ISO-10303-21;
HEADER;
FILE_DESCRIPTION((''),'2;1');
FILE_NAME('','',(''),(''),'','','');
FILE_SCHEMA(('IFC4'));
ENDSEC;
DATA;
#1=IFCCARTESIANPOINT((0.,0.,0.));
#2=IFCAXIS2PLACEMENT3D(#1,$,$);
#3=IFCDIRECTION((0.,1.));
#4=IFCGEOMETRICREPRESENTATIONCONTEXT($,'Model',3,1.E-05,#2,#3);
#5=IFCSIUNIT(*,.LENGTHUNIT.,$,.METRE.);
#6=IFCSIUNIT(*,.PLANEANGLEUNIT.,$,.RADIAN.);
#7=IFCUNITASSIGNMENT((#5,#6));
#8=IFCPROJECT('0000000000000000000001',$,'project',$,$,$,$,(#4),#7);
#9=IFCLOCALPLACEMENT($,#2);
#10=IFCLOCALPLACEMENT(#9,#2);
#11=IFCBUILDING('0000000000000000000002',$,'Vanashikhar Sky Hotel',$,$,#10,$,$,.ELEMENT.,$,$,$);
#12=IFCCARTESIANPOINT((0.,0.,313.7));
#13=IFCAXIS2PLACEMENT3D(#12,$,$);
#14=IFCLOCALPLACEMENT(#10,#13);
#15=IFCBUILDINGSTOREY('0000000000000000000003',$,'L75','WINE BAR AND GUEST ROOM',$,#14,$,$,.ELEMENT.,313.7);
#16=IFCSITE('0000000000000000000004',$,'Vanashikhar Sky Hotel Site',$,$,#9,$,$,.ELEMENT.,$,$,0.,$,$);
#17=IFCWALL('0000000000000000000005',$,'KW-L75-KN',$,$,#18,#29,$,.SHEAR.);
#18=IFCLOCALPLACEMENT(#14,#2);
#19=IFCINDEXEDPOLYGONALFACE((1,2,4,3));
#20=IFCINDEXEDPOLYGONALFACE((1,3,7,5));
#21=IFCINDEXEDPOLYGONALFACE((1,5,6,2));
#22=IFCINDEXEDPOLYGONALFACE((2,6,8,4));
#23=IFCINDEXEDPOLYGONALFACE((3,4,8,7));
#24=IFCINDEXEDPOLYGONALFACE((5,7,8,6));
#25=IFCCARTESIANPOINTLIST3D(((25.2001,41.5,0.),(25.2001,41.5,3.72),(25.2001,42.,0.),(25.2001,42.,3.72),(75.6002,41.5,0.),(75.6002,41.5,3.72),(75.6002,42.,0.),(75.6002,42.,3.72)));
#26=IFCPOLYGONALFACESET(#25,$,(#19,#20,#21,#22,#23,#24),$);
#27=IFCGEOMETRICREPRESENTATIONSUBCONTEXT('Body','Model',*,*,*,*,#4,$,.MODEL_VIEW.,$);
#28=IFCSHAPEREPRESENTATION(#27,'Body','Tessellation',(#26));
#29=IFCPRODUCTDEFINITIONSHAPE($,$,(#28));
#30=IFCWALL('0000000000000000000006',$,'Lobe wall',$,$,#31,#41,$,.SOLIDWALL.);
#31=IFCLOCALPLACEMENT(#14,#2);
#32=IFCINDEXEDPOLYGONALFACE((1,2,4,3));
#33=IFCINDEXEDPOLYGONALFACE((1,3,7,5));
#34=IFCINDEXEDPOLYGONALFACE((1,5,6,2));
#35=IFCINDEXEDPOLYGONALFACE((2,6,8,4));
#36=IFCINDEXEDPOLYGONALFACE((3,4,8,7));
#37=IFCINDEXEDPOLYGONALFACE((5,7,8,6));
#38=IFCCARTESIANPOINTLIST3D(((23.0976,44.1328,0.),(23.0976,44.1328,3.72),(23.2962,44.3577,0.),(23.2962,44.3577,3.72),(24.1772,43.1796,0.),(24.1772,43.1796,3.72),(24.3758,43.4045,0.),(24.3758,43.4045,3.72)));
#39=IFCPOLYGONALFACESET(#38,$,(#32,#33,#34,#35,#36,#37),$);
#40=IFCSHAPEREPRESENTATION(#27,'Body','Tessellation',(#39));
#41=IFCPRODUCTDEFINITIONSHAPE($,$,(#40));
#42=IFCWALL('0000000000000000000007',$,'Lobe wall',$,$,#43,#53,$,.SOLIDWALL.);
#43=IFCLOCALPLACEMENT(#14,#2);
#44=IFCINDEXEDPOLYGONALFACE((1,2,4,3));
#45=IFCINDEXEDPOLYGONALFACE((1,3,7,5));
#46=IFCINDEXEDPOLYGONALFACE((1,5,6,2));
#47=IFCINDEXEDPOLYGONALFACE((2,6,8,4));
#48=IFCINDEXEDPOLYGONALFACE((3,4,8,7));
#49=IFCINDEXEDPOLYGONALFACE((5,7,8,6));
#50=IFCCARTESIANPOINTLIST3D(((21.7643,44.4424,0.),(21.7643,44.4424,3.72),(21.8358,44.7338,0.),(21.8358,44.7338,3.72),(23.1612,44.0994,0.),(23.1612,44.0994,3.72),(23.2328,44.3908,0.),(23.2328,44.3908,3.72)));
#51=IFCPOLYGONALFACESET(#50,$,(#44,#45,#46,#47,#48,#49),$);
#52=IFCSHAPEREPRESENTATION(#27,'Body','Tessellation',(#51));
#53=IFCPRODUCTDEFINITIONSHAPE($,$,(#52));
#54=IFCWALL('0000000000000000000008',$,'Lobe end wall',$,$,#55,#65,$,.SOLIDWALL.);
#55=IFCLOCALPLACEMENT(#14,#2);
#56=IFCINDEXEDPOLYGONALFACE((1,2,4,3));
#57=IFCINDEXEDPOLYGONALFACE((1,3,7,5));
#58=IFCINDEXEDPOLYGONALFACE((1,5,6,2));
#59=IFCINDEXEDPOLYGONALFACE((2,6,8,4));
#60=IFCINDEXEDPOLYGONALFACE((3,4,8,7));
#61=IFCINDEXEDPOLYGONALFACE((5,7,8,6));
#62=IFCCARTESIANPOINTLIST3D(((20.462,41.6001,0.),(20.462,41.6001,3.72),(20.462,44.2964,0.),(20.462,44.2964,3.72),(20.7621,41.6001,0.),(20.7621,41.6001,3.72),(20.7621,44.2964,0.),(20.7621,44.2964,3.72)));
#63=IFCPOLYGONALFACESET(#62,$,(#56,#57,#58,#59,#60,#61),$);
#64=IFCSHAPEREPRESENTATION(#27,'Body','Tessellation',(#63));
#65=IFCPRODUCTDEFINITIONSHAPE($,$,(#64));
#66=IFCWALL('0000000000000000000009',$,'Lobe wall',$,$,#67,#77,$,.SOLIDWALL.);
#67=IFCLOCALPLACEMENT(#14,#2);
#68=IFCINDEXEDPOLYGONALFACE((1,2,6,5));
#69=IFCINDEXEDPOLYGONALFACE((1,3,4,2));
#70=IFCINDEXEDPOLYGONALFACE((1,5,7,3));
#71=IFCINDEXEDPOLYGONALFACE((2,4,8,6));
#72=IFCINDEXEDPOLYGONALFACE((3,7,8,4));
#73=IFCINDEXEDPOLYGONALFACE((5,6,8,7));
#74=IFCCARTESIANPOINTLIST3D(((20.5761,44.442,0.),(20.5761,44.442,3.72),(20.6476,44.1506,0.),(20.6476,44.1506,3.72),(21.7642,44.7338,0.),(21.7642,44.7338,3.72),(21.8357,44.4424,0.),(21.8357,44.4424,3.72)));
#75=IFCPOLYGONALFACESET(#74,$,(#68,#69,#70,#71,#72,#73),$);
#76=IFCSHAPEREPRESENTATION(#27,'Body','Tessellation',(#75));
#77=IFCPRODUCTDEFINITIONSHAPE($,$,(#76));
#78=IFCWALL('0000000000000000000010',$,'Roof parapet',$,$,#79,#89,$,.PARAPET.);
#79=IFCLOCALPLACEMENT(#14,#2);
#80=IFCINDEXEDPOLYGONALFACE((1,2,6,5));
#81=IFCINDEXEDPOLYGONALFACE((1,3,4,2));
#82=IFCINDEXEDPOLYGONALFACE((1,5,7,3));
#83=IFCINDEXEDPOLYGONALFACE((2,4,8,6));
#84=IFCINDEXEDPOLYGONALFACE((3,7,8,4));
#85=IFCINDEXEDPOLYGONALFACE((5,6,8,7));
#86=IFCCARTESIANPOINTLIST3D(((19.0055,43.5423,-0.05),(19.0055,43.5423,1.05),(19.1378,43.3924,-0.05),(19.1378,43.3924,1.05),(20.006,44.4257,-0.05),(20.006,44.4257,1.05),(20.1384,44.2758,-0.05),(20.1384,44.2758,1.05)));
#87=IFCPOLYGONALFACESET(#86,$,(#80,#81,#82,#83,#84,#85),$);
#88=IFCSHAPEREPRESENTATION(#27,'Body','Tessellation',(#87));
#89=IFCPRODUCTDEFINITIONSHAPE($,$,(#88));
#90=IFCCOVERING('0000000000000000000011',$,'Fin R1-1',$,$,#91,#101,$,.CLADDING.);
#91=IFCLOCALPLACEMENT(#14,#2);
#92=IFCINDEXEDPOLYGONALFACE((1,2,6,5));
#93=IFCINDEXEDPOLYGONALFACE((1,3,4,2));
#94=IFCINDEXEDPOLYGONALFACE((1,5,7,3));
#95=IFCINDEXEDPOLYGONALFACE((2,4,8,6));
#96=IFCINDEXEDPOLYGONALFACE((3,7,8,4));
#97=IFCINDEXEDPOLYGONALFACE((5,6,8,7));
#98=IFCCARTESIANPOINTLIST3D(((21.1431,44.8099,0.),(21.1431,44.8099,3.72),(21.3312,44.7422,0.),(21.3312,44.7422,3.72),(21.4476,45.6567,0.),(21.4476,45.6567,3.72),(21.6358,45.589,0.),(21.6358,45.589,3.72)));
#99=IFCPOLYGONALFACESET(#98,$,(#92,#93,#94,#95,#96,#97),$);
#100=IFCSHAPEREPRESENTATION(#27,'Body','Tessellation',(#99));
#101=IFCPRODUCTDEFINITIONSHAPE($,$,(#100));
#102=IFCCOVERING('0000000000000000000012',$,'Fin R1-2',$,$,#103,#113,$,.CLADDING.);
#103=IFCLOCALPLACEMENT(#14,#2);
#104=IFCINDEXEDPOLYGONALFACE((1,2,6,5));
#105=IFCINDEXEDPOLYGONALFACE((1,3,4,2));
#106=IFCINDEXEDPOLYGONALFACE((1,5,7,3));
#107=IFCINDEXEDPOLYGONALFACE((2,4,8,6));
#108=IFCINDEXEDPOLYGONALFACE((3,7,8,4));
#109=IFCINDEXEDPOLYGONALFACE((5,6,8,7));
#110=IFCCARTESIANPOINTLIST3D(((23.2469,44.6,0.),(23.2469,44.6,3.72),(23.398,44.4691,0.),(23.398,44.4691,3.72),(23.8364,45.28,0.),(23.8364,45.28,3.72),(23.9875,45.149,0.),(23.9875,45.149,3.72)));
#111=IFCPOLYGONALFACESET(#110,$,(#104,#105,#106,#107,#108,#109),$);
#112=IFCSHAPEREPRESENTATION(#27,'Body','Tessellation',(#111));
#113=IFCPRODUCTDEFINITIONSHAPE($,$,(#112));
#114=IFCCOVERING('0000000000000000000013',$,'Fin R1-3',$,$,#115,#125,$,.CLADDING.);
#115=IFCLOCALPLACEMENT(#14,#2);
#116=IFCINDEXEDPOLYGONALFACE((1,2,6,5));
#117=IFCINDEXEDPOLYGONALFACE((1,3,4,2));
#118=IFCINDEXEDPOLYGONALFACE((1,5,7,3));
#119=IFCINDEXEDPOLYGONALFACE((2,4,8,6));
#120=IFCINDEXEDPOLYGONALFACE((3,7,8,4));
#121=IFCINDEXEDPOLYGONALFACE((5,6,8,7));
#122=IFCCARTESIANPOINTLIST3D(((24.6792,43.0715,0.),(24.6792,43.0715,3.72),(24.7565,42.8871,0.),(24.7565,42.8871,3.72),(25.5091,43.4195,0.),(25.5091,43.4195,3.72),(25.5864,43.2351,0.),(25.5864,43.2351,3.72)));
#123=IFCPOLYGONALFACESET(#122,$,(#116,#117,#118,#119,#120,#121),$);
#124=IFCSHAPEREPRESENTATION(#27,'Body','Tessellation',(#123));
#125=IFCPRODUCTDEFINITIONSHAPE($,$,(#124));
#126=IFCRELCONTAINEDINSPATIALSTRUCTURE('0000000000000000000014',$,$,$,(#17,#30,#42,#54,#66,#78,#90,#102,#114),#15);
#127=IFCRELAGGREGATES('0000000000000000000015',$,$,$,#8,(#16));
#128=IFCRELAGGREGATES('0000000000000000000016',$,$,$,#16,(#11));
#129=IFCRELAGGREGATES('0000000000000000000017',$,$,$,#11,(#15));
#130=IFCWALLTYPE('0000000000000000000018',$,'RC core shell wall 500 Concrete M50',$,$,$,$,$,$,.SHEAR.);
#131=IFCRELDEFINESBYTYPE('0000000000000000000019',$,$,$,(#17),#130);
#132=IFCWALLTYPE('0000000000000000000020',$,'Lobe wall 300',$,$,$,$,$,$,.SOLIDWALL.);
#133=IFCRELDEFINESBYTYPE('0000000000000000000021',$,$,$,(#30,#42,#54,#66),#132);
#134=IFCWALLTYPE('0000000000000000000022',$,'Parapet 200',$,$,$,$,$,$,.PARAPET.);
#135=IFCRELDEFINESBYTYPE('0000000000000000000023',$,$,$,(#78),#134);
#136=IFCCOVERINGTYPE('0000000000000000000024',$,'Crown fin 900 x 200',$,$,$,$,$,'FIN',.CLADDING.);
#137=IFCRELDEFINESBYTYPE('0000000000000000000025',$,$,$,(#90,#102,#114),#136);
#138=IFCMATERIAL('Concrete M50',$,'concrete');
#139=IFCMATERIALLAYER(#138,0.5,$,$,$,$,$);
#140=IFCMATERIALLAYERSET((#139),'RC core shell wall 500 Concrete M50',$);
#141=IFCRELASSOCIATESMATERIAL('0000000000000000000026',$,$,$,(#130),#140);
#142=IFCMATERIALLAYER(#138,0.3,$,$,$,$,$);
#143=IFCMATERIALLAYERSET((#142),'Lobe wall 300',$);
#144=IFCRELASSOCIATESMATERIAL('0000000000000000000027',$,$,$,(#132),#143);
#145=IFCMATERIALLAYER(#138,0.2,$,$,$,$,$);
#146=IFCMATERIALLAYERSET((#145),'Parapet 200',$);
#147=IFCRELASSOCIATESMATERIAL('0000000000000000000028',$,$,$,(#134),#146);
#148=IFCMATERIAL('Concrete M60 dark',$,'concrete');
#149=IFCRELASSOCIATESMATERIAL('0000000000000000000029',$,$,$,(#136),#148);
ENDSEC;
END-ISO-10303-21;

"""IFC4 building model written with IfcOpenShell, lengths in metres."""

from ifc_helpers import new_model, si_unit, direction, frame, frame_2d, origin, origin_2d, place, context, subcontext, project, spatial, rectangle, extrude, source, transform, mapped, material, layer, layer_set, material_profile, profile_set, type_object, element, save


model = new_model("IFC4")

# Units and contexts
model_context = context("Model", 3, precision=1e-05, world=origin(), true_north=direction((0.0, 1.0)))
body_context = subcontext(model_context, "Body", "Model", "MODEL_VIEW")
ifc_project = project(units=[si_unit("LENGTHUNIT", "METRE"), si_unit("PLANEANGLEUNIT", "RADIAN")], contexts=[model_context])

# Site, building, storey
site_placement = place(None, origin())
site = spatial("IfcSite", under=ifc_project, at=site_placement, Name="Vanashikhar Sky Hotel Site", CompositionType="ELEMENT", RefElevation=0.0)
building_placement = place(site_placement, origin())
building = spatial("IfcBuilding", under=site, at=building_placement, Name="Vanashikhar Sky Hotel", CompositionType="ELEMENT")
storey_placement = place(building_placement, frame((0.0, 0.0, 313.7)))
storey = spatial("IfcBuildingStorey", under=building, at=storey_placement, Name="L75", Description="WINE BAR AND GUEST ROOM", CompositionType="ELEMENT", Elevation=313.7)

# Walls
ifc_material_1 = material(Name="Concrete M50", Category="concrete")
ifc_layer_1 = layer(ifc_material_1, 0.5)
ifc_layer_set_1 = layer_set([ifc_layer_1], Name="RC core shell wall 500 Concrete M50")
wall_type_1 = type_object("IfcWallType", Name="RC core shell wall 500 Concrete M50", PredefinedType="SHEAR", material=ifc_layer_set_1)
shared_shape_1 = source(origin(), body_context, "Body", "SweptSolid", [
    extrude(rectangle(XDim=50.4001, YDim=0.5, at=frame_2d((25.2002, 0.0))), origin(), (0.0, 0.0, 1.0), 3.72),
])
wall_1_placement = place(storey_placement, frame((25.2, 41.75, 0.0), z_axis=(0.0, 0.0, 1.0), x_axis=(1.0, 0.0, 0.0)))
element("IfcWall", 1, at=wall_1_placement, inside=storey, type_object=wall_type_1, Name="KW-L75-KN", PredefinedType="SHEAR", context=body_context, shape_type="MappedRepresentation", body=[
    mapped(shared_shape_1, transform((0.0, 0.0, 0.0), scale=1.0)),
])
ifc_layer_2 = layer(ifc_material_1, 0.3)
ifc_layer_set_2 = layer_set([ifc_layer_2], Name="Lobe wall 300")
wall_type_2 = type_object("IfcWallType", Name="Lobe wall 300", PredefinedType="SOLIDWALL", material=ifc_layer_set_2)
shared_shape_2 = source(origin(), body_context, "Body", "SweptSolid", [
    extrude(rectangle(XDim=1.4402, YDim=0.3, at=frame_2d((0.7202, 0.0))), origin(), (0.0, 0.0, 1.0), 3.72),
])
wall_2_placement = place(storey_placement, frame((24.2766, 43.292, 0.0), z_axis=(0.0, 0.0, 1.0), x_axis=(-0.74965, 0.661835, 0.0)))
element("IfcWall", 2, at=wall_2_placement, inside=storey, type_object=wall_type_2, Name="Lobe wall", PredefinedType="SOLIDWALL", context=body_context, shape_type="MappedRepresentation", body=[
    mapped(shared_shape_2, transform((0.0, 0.0, 0.0), scale=1.0)),
])
shared_shape_3 = source(origin(), body_context, "Body", "SweptSolid", [
    extrude(rectangle(XDim=1.4385, YDim=0.3, at=frame_2d((0.7192, 0.0))), origin(), (0.0, 0.0, 1.0), 3.72),
])
wall_3_placement = place(storey_placement, frame((23.197, 44.2451, 0.0), z_axis=(0.0, 0.0, 1.0), x_axis=(-0.971152, 0.23846, 0.0)))
element("IfcWall", 3, at=wall_3_placement, inside=storey, type_object=wall_type_2, Name="Lobe wall", PredefinedType="SOLIDWALL", context=body_context, shape_type="MappedRepresentation", body=[
    mapped(shared_shape_3, transform((0.0, 0.0, 0.0), scale=1.0)),
])
shared_shape_4 = source(origin(), body_context, "Body", "SweptSolid", [
    extrude(rectangle(XDim=2.6963, YDim=0.3, at=frame_2d((1.3481, 0.0))), origin(), (0.0, 0.0, 1.0), 3.72),
])
wall_4_placement = place(storey_placement, frame((20.6121, 44.2964, 0.0), z_axis=(0.0, 0.0, 1.0), x_axis=(0.0, -1.0, 0.0)))
element("IfcWall", 4, at=wall_4_placement, inside=storey, type_object=wall_type_2, Name="Lobe end wall", PredefinedType="SOLIDWALL", context=body_context, shape_type="MappedRepresentation", body=[
    mapped(shared_shape_4, transform((0.0, 0.0, 0.0), scale=1.0)),
])
shared_shape_5 = source(origin(), body_context, "Body", "SweptSolid", [
    extrude(rectangle(XDim=1.2234, YDim=0.3, at=frame_2d((0.6118, 0.0))), origin(), (0.0, 0.0, 1.0), 3.72),
])
wall_5_placement = place(storey_placement, frame((21.8, 44.5881, 0.0), z_axis=(0.0, 0.0, 1.0), x_axis=(-0.971144, -0.238495, 0.0)))
element("IfcWall", 5, at=wall_5_placement, inside=storey, type_object=wall_type_2, Name="Lobe wall", PredefinedType="SOLIDWALL", context=body_context, shape_type="MappedRepresentation", body=[
    mapped(shared_shape_5, transform((0.0, 0.0, 0.0), scale=1.0)),
])
ifc_layer_3 = layer(ifc_material_1, 0.2)
ifc_layer_set_3 = layer_set([ifc_layer_3], Name="Parapet 200")
wall_type_3 = type_object("IfcWallType", Name="Parapet 200", PredefinedType="PARAPET", material=ifc_layer_set_3)
shared_shape_6 = source(origin(), body_context, "Body", "SweptSolid", [
    extrude(rectangle(XDim=1.3347, YDim=0.2, at=frame_2d((0.6675, 0.0))), origin(), (0.0, 0.0, 1.0), 1.1001),
])
wall_6_placement = place(storey_placement, frame((19.0715, 43.4673, -0.05), z_axis=(0.0, 0.0, 1.0), x_axis=(0.749646, 0.661839, 0.0)))
element("IfcWall", 6, at=wall_6_placement, inside=storey, type_object=wall_type_3, Name="Roof parapet", PredefinedType="PARAPET", context=body_context, shape_type="MappedRepresentation", body=[
    mapped(shared_shape_6, transform((0.0, 0.0, 0.0), scale=1.0)),
])

# Coverings
ifc_material_2 = material(Name="Concrete M60 dark", Category="concrete")
ifc_material_profile = material_profile(ifc_material_2, rectangle(XDim=0.8999, YDim=0.2, at=origin_2d()))
ifc_profile_set = profile_set([ifc_material_profile], Name="Crown fin 900 x 200")
covering_type = type_object("IfcCoveringType", Name="Crown fin 900 x 200", ElementType="FIN", PredefinedType="CLADDING", material=ifc_profile_set)
shared_shape_7 = source(origin(), body_context, "Body", "SweptSolid", [
    extrude(rectangle(XDim=0.8999, YDim=0.2, at=origin_2d()), origin(), (0.0, 0.0, 1.0), 3.72),
])
for number, where, z_axis, x_axis, name in (
    (7, (21.3894, 45.1995, 0.0), (0.0, 0.0, 1.0), (0.338426, 0.940993, 0.0), "Fin R1-1"),
    (8, (23.6172, 44.8745, 0.0), (0.0, 0.0, 1.0), (0.655084, 0.755556, 0.0), "Fin R1-2"),
    (9, (25.1328, 43.1533, 0.0), (0.0, 0.0, 1.0), (0.922201, 0.386711, 0.0), "Fin R1-3"),
):
    element("IfcCovering", number, at=place(storey_placement, frame(where, z_axis=z_axis, x_axis=x_axis)), inside=storey, type_object=covering_type, Name=name, PredefinedType="CLADDING", context=body_context, shape_type="MappedRepresentation", body=[
        mapped(shared_shape_7, transform((0.0, 0.0, 0.0), scale=1.0)),
    ])

save(model, "model.ifc")
